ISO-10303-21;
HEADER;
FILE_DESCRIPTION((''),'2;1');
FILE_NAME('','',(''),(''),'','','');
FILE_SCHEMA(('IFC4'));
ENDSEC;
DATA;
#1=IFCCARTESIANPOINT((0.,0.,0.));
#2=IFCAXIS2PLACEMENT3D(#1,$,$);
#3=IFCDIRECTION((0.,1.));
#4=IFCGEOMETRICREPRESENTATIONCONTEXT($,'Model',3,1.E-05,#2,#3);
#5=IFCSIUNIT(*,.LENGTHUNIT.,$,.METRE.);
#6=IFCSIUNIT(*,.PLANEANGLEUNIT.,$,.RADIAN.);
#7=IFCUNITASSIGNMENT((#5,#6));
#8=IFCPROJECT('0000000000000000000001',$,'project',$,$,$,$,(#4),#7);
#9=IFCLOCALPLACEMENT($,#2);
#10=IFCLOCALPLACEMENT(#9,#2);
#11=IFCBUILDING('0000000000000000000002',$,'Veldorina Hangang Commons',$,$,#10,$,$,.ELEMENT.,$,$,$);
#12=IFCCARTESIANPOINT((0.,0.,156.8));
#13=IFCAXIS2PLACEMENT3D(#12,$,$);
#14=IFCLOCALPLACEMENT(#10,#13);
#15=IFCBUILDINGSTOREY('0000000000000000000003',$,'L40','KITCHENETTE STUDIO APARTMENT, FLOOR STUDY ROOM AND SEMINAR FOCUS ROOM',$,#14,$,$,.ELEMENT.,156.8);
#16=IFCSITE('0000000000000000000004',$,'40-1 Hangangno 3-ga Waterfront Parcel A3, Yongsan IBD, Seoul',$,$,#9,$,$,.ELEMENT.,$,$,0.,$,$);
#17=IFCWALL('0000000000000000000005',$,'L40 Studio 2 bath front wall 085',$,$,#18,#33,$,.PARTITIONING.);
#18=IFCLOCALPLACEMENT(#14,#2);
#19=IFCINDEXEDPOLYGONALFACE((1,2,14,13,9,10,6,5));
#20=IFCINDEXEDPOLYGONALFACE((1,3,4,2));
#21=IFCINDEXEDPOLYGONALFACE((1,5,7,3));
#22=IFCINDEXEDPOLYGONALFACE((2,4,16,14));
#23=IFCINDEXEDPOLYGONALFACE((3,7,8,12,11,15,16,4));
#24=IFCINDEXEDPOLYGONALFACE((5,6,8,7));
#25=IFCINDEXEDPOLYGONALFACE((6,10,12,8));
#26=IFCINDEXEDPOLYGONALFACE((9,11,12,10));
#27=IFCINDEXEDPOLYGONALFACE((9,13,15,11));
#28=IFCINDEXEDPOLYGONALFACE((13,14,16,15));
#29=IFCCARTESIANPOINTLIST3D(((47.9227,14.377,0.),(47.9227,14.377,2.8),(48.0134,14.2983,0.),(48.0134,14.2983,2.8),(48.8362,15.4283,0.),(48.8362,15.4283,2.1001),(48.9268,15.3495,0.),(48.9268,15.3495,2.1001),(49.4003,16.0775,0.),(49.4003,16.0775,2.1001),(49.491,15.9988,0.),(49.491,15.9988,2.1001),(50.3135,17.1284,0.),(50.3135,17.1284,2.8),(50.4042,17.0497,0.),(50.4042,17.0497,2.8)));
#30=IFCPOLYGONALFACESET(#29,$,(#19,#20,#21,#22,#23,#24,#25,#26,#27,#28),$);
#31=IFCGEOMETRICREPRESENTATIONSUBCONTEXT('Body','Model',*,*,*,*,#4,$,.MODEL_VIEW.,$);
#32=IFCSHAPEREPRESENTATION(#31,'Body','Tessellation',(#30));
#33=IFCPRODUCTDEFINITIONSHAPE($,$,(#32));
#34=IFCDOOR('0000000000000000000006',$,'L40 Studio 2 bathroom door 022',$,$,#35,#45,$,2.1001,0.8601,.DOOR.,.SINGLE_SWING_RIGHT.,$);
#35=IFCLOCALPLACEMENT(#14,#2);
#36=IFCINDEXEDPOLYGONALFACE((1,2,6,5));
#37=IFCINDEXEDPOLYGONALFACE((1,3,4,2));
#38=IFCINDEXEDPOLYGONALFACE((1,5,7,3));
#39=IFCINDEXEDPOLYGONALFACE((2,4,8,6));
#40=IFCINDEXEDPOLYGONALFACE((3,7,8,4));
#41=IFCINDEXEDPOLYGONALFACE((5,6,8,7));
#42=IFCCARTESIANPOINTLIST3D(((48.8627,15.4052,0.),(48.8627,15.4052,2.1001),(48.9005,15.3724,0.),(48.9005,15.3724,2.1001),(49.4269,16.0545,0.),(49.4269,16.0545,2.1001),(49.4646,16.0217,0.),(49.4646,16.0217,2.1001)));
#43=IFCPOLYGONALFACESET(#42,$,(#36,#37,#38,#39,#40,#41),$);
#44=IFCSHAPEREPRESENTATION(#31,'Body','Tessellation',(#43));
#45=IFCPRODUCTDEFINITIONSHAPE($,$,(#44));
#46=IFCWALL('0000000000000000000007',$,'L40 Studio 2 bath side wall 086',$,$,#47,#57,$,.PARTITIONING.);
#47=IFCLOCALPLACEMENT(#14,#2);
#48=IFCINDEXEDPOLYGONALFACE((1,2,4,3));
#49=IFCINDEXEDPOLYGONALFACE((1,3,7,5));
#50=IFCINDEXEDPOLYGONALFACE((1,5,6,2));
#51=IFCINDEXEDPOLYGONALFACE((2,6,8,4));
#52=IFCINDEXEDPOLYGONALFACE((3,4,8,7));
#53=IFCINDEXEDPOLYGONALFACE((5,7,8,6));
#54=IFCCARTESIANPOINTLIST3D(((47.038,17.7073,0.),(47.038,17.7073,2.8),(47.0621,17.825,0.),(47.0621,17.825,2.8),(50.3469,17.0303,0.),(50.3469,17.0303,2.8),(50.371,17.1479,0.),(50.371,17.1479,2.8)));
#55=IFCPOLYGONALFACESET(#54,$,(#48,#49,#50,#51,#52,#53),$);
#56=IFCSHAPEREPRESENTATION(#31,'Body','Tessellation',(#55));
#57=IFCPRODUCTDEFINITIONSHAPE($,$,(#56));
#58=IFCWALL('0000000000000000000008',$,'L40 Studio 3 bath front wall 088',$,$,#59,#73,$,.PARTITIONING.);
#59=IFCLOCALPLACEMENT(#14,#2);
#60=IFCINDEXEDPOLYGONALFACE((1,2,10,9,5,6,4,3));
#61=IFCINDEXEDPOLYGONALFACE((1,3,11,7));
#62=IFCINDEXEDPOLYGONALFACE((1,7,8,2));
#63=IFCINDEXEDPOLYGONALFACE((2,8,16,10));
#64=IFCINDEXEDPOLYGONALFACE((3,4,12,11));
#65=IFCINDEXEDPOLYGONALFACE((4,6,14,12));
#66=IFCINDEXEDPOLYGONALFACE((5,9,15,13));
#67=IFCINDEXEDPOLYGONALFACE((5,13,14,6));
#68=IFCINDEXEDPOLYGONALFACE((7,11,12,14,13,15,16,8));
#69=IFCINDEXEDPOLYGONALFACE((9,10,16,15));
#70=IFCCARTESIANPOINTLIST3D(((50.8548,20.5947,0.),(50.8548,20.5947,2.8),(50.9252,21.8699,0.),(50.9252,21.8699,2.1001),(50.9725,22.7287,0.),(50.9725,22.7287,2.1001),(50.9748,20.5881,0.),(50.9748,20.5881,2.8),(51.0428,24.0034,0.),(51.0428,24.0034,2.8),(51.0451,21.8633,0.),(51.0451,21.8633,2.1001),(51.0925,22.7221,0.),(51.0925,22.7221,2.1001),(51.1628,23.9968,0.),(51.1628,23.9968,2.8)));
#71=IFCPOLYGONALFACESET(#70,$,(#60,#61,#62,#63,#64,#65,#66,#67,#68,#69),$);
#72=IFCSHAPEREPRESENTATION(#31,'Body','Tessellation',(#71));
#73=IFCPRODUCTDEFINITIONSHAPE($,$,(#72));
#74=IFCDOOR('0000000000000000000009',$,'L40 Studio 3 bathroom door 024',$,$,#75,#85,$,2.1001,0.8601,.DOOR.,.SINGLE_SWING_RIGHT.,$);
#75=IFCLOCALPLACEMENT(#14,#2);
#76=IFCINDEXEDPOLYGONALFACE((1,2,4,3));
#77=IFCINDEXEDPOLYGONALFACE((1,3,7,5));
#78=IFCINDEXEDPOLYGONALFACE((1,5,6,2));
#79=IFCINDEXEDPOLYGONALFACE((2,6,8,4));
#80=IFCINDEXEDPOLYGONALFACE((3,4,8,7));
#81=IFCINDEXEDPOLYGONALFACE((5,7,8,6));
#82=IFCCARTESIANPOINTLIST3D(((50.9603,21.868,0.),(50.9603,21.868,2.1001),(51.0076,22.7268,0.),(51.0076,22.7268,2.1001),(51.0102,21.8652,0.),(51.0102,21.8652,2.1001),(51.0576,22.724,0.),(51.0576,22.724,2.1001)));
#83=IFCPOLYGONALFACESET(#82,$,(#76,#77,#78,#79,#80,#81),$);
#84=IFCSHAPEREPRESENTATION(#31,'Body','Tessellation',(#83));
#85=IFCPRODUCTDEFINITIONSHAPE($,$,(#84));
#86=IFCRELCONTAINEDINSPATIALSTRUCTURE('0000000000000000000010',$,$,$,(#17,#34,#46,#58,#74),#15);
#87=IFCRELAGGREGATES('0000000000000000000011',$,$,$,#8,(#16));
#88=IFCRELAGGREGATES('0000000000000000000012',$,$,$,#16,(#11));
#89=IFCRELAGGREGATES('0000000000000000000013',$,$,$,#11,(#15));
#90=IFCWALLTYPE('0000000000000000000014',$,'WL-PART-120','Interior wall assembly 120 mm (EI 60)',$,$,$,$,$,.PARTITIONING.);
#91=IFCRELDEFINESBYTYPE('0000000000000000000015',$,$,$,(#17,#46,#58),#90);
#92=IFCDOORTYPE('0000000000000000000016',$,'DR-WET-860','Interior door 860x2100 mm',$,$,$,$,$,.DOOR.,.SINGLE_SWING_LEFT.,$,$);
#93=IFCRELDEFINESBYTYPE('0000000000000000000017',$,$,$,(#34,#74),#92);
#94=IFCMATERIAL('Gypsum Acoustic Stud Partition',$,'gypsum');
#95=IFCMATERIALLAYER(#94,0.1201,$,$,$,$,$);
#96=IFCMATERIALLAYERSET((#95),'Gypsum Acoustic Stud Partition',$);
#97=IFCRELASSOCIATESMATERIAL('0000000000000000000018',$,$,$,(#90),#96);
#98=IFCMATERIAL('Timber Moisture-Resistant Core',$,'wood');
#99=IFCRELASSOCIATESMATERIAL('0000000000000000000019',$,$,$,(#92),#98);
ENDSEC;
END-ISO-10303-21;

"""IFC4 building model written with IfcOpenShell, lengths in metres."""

from ifc_helpers import new_model, si_unit, direction, frame, frame_2d, origin, place, context, subcontext, project, spatial, rectangle, extrude, material, layer, layer_set, type_object, element, fill, save


model = new_model("IFC4")

# Units and contexts
model_context = context("Model", 3, precision=1e-05, world=origin(), true_north=direction((0.0, 1.0)))
body_context = subcontext(model_context, "Body", "Model", "MODEL_VIEW")
ifc_project = project(units=[si_unit("LENGTHUNIT", "METRE"), si_unit("PLANEANGLEUNIT", "RADIAN")], contexts=[model_context])

# Site, building, storey
site_placement = place(None, origin())
site = spatial("IfcSite", under=ifc_project, at=site_placement, Name="40-1 Hangangno 3-ga Waterfront Parcel A3, Yongsan IBD, Seoul", CompositionType="ELEMENT", RefElevation=0.0)
building_placement = place(site_placement, origin())
building = spatial("IfcBuilding", under=site, at=building_placement, Name="Veldorina Hangang Commons", CompositionType="ELEMENT")
storey_placement = place(building_placement, frame((0.0, 0.0, 156.8)))
storey = spatial("IfcBuildingStorey", under=building, at=storey_placement, Name="L40", Description="KITCHENETTE STUDIO APARTMENT, FLOOR STUDY ROOM AND SEMINAR FOCUS ROOM", CompositionType="ELEMENT", Elevation=156.8)

# Wall, opening, door
ifc_material_1 = material(Name="Gypsum Acoustic Stud Partition", Category="gypsum")
ifc_layer_1 = layer(ifc_material_1, 0.1201)
ifc_layer_set_1 = layer_set([ifc_layer_1], Name="Gypsum Acoustic Stud Partition")
wall_type_1 = type_object("IfcWallType", Name="WL-PART-120", Description="Interior wall assembly 120 mm (EI 60)", PredefinedType="PARTITIONING", material=ifc_layer_set_1)
wall_1_placement = place(storey_placement, frame((47.968, 14.3376, 0.0), z_axis=(0.0, 0.0, 1.0), x_axis=(0.655912, 0.754838, 0.0)))
wall_1 = element("IfcWall", 1, at=wall_1_placement, inside=storey, type_object=wall_type_1, Name="L40 Studio 2 bath front wall 085", PredefinedType="PARTITIONING", context=body_context, shape_type="SweptSolid", body=[
    extrude(rectangle(XDim=3.645, YDim=0.1201, at=frame_2d((1.8225, 0.0))), origin(), (0.0, 0.0, 1.0), 2.8),
])
opening_1_placement = place(wall_1_placement, frame((1.3926, 0.0, 0.0)))
opening_1 = element("IfcOpeningElement", 2, at=opening_1_placement, cuts=wall_1, PredefinedType="OPENING", context=body_context, shape_type="SweptSolid", body=[
    extrude(rectangle(XDim=0.8601, YDim=2.1001, at=frame_2d((0.4302, 1.05))), frame((0.0, 0.0701, 0.0), z_axis=(0.0, -1.0, 0.0), x_axis=(1.0, 0.0, 0.0)), (0.0, 0.0, 1.0), 0.1401),
])
ifc_material_2 = material(Name="Timber Moisture-Resistant Core", Category="wood")
door_type_1 = type_object("IfcDoorType", Name="DR-WET-860", Description="Interior door 860x2100 mm", OperationType="SINGLE_SWING_LEFT", PredefinedType="DOOR", material=ifc_material_2)
door_1_placement = place(opening_1_placement, origin())
door_1 = element("IfcDoor", 3, at=door_1_placement, inside=storey, type_object=door_type_1, Name="L40 Studio 2 bathroom door 022", OperationType="SINGLE_SWING_RIGHT", OverallHeight=2.1001, OverallWidth=0.8601, PredefinedType="DOOR", context=body_context, shape_type="SweptSolid", body=[
    extrude(rectangle(XDim=0.8601, YDim=2.1001, at=frame_2d((0.4302, 1.05))), frame((0.0, 0.0249, 0.0), z_axis=(0.0, -1.0, 0.0), x_axis=(1.0, 0.0, 0.0)), (0.0, 0.0, 1.0), 0.05),
])
fill(opening_1, door_1)

# Wall
wall_2_placement = place(storey_placement, frame((47.05, 17.7661, 0.0), z_axis=(0.0, 0.0, 1.0), x_axis=(0.979704, -0.200451, 0.0)))
element("IfcWall", 4, at=wall_2_placement, inside=storey, type_object=wall_type_1, Name="L40 Studio 2 bath side wall 086", PredefinedType="PARTITIONING", context=body_context, shape_type="SweptSolid", body=[
    extrude(rectangle(XDim=3.3774, YDim=0.1201, at=frame_2d((1.6887, 0.0))), origin(), (0.0, 0.0, 1.0), 2.8),
])

# Wall, opening, door
wall_3_placement = place(storey_placement, frame((50.9148, 20.5913, 0.0), z_axis=(0.0, 0.0, 1.0), x_axis=(0.055066, 0.998483, 0.0)))
wall_3 = element("IfcWall", 5, at=wall_3_placement, inside=storey, type_object=wall_type_1, Name="L40 Studio 3 bath front wall 088", PredefinedType="PARTITIONING", context=body_context, shape_type="SweptSolid", body=[
    extrude(rectangle(XDim=3.4138, YDim=0.1201, at=frame_2d((1.707, 0.0))), origin(), (0.0, 0.0, 1.0), 2.8),
])
opening_2_placement = place(wall_3_placement, frame((1.2771, 0.0, 0.0)))
opening_2 = element("IfcOpeningElement", 6, at=opening_2_placement, cuts=wall_3, PredefinedType="OPENING", context=body_context, shape_type="SweptSolid", body=[
    extrude(rectangle(XDim=0.8601, YDim=2.1001, at=frame_2d((0.4302, 1.05))), frame((0.0, 0.0701, 0.0), z_axis=(0.0, -1.0, 0.0), x_axis=(1.0, 0.0, 0.0)), (0.0, 0.0, 1.0), 0.1401),
])
door_2_placement = place(opening_2_placement, origin())
door_2 = element("IfcDoor", 7, at=door_2_placement, inside=storey, type_object=door_type_1, Name="L40 Studio 3 bathroom door 024", OperationType="SINGLE_SWING_RIGHT", OverallHeight=2.1001, OverallWidth=0.8601, PredefinedType="DOOR", context=body_context, shape_type="SweptSolid", body=[
    extrude(rectangle(XDim=0.8601, YDim=2.1001, at=frame_2d((0.4302, 1.05))), frame((0.0, 0.0249, 0.0), z_axis=(0.0, -1.0, 0.0), x_axis=(1.0, 0.0, 0.0)), (0.0, 0.0, 1.0), 0.05),
])
fill(opening_2, door_2)

save(model, "model.ifc")
